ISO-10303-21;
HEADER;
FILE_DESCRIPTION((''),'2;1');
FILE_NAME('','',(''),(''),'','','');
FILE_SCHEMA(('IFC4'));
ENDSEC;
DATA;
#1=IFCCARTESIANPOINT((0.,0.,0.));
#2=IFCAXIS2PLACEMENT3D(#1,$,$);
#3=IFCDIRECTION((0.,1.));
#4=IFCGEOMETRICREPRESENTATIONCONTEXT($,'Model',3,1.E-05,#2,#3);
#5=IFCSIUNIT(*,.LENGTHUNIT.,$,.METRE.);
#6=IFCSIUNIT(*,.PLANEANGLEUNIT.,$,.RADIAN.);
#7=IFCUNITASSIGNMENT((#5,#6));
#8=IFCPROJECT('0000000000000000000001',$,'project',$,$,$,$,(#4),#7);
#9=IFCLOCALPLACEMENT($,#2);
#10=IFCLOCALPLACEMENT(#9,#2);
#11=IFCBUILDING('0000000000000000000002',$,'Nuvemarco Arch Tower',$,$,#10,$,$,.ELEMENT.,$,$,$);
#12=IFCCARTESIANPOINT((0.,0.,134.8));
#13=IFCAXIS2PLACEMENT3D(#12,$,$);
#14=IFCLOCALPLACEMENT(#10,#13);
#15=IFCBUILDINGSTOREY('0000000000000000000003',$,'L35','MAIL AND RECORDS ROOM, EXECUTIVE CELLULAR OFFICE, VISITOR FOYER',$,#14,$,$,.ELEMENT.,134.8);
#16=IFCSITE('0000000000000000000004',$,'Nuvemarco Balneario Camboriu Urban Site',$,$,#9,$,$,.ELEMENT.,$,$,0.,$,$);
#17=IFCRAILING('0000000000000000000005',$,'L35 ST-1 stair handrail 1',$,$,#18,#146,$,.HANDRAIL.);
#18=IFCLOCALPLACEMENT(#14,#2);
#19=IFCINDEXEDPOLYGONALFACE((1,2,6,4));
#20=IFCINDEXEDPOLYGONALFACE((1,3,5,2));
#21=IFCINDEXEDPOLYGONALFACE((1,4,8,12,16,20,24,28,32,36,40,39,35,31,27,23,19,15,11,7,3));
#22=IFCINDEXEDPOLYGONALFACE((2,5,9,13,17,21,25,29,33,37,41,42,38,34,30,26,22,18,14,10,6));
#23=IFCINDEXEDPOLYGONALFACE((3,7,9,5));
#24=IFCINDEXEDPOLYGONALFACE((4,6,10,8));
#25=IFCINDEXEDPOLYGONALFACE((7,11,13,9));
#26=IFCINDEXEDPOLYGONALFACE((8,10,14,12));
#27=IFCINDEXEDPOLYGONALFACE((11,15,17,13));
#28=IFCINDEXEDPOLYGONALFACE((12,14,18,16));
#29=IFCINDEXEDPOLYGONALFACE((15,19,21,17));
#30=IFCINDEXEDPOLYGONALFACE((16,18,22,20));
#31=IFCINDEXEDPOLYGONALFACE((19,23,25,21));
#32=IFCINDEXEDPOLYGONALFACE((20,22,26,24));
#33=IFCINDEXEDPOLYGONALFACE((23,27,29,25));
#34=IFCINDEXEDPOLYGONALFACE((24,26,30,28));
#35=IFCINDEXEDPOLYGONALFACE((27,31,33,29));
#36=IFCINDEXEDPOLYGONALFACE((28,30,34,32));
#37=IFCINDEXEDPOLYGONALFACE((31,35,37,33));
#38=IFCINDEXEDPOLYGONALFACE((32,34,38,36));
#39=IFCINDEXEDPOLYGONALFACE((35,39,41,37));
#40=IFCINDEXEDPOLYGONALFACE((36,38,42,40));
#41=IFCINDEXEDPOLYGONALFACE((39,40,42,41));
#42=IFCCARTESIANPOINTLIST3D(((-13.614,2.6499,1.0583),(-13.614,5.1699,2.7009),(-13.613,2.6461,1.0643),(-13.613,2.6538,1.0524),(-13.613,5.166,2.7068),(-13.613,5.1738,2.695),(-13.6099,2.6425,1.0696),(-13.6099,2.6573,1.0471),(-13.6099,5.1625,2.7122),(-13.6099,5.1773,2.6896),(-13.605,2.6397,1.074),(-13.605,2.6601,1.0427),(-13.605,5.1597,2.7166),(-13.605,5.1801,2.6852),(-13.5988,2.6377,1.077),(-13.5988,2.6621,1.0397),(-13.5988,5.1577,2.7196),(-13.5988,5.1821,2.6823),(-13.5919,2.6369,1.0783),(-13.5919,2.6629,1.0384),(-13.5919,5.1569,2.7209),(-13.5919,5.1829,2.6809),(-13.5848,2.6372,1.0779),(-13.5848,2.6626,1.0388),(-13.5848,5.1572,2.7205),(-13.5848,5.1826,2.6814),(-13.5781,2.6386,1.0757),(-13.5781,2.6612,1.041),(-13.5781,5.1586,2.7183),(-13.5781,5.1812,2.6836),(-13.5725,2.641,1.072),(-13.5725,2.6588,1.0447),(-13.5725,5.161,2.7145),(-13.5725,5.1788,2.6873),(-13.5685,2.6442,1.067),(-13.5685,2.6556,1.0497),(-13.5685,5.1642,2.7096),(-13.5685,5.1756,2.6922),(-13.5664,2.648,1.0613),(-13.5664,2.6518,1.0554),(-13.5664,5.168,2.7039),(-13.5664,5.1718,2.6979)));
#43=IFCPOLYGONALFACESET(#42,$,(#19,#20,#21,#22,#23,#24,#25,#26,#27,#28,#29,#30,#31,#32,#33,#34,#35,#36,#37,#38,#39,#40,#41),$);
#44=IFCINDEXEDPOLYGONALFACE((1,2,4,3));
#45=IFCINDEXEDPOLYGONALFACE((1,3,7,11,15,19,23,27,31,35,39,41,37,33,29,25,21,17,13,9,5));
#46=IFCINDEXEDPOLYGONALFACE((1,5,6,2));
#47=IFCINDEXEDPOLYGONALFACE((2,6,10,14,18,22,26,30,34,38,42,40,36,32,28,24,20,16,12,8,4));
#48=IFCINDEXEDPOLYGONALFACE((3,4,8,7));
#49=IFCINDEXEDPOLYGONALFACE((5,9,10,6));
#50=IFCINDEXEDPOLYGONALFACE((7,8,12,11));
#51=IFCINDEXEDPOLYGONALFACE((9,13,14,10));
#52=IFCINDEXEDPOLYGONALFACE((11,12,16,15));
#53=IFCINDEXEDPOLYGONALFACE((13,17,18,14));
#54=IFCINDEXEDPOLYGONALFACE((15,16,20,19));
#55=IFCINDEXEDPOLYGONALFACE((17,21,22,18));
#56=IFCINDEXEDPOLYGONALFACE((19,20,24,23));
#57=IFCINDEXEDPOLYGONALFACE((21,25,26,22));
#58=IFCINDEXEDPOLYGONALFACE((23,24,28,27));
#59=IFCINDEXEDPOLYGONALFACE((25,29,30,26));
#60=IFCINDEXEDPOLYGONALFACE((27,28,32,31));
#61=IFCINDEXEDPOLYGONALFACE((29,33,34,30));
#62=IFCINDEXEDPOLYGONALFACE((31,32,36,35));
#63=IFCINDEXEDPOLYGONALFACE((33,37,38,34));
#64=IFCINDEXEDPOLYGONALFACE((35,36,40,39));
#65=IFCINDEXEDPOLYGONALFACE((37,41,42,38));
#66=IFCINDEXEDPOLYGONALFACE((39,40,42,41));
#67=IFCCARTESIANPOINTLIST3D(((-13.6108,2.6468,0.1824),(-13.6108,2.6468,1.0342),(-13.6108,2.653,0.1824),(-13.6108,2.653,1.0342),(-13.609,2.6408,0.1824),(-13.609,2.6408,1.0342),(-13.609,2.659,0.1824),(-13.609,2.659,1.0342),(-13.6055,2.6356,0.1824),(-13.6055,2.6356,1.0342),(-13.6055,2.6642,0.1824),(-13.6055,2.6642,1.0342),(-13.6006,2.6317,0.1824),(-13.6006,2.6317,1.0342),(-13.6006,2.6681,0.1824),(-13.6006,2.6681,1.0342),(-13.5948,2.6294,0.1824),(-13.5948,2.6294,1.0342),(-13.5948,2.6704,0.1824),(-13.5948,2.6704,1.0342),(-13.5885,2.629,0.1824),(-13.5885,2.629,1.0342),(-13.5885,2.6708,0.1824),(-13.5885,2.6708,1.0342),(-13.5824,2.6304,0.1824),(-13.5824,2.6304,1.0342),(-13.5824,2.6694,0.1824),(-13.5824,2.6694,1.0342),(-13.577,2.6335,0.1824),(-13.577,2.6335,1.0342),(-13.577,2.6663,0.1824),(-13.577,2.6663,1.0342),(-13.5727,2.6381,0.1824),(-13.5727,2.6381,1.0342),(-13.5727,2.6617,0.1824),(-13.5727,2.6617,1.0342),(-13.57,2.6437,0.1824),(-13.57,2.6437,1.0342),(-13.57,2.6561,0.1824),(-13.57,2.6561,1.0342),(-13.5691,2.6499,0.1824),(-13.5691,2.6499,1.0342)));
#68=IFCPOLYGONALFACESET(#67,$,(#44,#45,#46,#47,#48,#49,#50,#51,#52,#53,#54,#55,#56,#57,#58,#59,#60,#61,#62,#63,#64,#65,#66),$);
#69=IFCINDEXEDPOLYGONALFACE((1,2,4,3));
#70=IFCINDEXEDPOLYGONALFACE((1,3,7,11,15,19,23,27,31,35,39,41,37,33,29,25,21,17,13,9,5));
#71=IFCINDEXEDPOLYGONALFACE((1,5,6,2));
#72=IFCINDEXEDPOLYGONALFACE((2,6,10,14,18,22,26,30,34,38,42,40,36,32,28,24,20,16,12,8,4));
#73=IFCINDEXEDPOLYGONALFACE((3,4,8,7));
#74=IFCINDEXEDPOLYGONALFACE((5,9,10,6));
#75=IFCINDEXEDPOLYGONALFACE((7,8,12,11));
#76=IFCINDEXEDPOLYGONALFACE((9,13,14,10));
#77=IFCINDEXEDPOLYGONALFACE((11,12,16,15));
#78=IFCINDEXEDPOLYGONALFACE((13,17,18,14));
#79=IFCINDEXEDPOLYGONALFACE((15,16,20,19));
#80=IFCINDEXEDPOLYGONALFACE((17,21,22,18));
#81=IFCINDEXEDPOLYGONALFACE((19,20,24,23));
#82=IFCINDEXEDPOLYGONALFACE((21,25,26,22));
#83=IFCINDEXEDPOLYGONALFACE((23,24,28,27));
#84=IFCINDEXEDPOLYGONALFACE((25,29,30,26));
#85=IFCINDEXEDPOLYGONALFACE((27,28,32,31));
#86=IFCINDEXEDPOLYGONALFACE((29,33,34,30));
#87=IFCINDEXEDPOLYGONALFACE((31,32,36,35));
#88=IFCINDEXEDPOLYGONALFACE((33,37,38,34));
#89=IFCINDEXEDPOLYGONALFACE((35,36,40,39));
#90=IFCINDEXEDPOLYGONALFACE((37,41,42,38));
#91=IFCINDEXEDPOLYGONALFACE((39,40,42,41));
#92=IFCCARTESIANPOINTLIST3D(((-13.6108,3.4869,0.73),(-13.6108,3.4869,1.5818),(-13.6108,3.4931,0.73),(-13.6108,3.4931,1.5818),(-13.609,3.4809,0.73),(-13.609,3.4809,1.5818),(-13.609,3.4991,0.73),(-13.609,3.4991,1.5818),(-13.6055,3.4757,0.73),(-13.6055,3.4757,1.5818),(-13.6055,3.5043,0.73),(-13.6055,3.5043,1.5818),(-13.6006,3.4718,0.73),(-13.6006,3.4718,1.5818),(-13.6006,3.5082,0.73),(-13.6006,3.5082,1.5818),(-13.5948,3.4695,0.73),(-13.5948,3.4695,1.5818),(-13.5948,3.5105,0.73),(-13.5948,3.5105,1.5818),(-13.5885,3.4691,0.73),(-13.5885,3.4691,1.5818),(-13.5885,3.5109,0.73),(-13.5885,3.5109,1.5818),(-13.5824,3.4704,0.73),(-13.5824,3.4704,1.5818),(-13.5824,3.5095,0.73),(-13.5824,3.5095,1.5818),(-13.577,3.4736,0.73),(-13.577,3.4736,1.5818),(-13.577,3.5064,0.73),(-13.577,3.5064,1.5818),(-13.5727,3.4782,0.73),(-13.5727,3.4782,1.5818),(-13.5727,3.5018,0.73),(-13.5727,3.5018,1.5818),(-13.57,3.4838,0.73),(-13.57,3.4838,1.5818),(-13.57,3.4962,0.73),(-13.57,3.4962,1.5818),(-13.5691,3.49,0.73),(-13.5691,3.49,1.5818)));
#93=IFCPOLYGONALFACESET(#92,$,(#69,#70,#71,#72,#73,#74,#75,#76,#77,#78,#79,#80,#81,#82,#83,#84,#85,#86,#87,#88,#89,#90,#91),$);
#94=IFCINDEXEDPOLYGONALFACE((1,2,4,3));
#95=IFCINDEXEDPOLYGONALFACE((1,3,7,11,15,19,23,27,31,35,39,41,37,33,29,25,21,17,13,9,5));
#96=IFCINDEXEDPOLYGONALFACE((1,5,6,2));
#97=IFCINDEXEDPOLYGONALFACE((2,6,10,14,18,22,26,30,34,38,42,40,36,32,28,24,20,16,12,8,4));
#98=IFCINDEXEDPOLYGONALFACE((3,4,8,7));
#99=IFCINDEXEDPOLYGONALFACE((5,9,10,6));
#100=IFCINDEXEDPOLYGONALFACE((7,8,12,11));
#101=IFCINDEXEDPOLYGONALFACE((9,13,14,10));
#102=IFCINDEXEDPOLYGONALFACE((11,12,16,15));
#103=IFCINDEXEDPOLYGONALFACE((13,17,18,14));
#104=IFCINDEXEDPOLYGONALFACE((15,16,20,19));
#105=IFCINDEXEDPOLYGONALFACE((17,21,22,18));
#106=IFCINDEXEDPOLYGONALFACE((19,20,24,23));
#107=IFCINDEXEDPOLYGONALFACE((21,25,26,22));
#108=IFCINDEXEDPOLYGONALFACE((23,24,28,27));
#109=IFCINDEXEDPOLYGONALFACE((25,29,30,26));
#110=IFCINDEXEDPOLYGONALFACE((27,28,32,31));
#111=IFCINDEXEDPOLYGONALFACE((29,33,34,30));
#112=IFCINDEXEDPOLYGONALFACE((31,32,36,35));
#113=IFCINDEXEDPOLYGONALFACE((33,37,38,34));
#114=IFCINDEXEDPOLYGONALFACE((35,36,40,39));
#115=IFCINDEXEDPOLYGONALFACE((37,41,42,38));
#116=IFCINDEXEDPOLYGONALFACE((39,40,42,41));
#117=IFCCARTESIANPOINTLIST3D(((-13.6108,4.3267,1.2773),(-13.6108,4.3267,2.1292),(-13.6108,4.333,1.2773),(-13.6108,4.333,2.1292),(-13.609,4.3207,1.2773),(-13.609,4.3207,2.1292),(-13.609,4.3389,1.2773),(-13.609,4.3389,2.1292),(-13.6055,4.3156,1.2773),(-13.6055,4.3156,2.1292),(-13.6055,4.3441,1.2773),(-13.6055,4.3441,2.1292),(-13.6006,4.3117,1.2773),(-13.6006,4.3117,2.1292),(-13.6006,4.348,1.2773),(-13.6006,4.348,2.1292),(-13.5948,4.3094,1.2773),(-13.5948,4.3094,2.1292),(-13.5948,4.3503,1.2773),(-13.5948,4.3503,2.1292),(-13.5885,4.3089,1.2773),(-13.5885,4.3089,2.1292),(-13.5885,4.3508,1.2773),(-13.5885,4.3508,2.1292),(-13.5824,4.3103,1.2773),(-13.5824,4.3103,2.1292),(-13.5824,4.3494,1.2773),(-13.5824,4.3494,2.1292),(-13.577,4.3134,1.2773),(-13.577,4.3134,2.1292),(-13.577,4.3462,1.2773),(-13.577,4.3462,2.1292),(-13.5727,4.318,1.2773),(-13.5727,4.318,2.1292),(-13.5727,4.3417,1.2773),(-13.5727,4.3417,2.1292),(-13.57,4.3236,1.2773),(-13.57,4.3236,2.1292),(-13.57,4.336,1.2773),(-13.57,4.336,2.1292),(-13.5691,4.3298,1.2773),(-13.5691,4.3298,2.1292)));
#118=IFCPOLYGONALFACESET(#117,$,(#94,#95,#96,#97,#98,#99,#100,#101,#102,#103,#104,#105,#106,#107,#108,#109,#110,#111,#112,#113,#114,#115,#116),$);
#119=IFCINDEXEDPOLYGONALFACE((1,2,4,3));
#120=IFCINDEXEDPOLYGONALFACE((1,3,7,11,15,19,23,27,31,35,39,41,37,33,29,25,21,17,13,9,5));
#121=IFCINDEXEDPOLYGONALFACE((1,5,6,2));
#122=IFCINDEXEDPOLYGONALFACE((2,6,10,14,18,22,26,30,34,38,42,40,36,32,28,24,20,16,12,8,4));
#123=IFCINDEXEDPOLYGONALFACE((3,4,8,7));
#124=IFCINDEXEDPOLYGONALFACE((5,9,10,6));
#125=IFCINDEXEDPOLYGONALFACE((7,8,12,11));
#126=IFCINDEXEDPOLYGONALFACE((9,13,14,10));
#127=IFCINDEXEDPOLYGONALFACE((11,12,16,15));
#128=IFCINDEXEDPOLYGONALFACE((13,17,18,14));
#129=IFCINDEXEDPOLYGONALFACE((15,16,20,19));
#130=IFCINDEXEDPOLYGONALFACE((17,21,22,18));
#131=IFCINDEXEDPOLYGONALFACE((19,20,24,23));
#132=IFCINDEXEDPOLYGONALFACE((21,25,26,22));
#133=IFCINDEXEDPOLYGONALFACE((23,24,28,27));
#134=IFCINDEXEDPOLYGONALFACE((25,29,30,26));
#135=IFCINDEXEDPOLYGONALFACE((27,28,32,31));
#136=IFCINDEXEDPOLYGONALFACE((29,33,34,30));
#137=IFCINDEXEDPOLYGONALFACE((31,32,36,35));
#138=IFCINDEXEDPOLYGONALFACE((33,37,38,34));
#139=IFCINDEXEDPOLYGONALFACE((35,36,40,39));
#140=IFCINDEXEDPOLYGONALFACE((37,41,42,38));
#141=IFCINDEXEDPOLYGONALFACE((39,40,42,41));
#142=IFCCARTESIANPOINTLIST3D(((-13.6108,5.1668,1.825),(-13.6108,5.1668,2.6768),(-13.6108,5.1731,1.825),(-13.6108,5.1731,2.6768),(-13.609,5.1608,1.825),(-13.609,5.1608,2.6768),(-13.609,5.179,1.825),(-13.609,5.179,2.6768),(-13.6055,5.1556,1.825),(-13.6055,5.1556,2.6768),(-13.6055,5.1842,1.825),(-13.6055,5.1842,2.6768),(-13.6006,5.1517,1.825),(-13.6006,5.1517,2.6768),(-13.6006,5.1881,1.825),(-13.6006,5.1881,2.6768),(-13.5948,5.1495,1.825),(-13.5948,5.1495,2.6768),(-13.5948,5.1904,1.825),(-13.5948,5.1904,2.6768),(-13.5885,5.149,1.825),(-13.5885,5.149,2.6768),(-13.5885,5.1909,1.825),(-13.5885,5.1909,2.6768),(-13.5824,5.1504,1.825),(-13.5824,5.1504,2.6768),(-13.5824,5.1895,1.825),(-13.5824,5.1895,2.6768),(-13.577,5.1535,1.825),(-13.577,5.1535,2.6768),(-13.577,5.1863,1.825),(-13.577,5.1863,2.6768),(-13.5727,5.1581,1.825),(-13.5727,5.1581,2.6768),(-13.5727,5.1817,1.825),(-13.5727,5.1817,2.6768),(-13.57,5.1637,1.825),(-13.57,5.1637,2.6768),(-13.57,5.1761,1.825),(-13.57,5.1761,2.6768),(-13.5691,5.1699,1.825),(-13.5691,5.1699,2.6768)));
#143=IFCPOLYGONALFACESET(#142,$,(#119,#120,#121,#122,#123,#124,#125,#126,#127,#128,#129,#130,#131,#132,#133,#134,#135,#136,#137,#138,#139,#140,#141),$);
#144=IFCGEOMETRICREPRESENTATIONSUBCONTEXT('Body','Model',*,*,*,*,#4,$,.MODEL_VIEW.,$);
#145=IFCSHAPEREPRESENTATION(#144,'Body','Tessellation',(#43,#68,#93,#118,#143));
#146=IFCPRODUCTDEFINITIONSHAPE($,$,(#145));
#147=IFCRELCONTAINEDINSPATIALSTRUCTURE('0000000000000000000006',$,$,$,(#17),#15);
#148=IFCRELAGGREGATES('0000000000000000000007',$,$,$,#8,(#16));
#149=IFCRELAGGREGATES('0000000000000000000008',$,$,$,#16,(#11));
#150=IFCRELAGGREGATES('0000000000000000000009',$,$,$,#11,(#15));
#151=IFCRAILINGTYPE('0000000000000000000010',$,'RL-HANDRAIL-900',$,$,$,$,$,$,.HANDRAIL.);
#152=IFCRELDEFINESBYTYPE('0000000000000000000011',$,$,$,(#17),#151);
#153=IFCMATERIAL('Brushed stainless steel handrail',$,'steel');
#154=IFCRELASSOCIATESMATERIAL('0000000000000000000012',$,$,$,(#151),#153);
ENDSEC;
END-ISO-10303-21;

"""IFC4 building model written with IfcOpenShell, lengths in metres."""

from ifc_helpers import new_model, si_unit, direction, frame, origin, origin_2d, place, context, subcontext, project, spatial, circle, extrude, material, type_object, element, save


model = new_model("IFC4")

# Units and contexts
model_context = context("Model", 3, precision=1e-05, world=origin(), true_north=direction((0.0, 1.0)))
body_context = subcontext(model_context, "Body", "Model", "MODEL_VIEW")
ifc_project = project(units=[si_unit("LENGTHUNIT", "METRE"), si_unit("PLANEANGLEUNIT", "RADIAN")], contexts=[model_context])

# Site, building, storey
site_placement = place(None, origin())
site = spatial("IfcSite", under=ifc_project, at=site_placement, Name="Nuvemarco Balneario Camboriu Urban Site", CompositionType="ELEMENT", RefElevation=0.0)
building_placement = place(site_placement, origin())
building = spatial("IfcBuilding", under=site, at=building_placement, Name="Nuvemarco Arch Tower", CompositionType="ELEMENT")
storey_placement = place(building_placement, frame((0.0, 0.0, 134.8)))
storey = spatial("IfcBuildingStorey", under=building, at=storey_placement, Name="L35", Description="MAIL AND RECORDS ROOM, EXECUTIVE CELLULAR OFFICE, VISITOR FOYER", CompositionType="ELEMENT", Elevation=134.8)

# Railing
ifc_material_1 = material(Name="Brushed stainless steel handrail", Category="steel")
railing_type_1 = type_object("IfcRailingType", Name="RL-HANDRAIL-900", PredefinedType="HANDRAIL", material=ifc_material_1)
railing_1_placement = place(storey_placement, frame((-13.5901, 2.6499, 0.1824)))
element("IfcRailing", 1, at=railing_1_placement, inside=storey, type_object=railing_type_1, Name="L35 ST-1 stair handrail 1", PredefinedType="HANDRAIL", context=body_context, shape_type="SweptSolid", body=[
    extrude(circle(Radius=0.0239, at=origin_2d()), frame((0.0, 0.0, 0.876), z_axis=(0.0, 0.837749, 0.546055), x_axis=(-1.0, 0.0, 0.0)), (0.0, 0.0, 1.0), 3.0081),
    extrude(circle(Radius=0.021, at=origin_2d()), origin(), (0.0, 0.0, 1.0), 0.8518),
    extrude(circle(Radius=0.021, at=origin_2d()), frame((0.0, 0.8401, 0.5476)), (0.0, 0.0, 1.0), 0.8518),
    extrude(circle(Radius=0.021, at=origin_2d()), frame((0.0, 1.6799, 1.095)), (0.0, 0.0, 1.0), 0.8518),
    extrude(circle(Radius=0.021, at=origin_2d()), frame((0.0, 2.52, 1.6426)), (0.0, 0.0, 1.0), 0.8518),
])

save(model, "model.ifc")
